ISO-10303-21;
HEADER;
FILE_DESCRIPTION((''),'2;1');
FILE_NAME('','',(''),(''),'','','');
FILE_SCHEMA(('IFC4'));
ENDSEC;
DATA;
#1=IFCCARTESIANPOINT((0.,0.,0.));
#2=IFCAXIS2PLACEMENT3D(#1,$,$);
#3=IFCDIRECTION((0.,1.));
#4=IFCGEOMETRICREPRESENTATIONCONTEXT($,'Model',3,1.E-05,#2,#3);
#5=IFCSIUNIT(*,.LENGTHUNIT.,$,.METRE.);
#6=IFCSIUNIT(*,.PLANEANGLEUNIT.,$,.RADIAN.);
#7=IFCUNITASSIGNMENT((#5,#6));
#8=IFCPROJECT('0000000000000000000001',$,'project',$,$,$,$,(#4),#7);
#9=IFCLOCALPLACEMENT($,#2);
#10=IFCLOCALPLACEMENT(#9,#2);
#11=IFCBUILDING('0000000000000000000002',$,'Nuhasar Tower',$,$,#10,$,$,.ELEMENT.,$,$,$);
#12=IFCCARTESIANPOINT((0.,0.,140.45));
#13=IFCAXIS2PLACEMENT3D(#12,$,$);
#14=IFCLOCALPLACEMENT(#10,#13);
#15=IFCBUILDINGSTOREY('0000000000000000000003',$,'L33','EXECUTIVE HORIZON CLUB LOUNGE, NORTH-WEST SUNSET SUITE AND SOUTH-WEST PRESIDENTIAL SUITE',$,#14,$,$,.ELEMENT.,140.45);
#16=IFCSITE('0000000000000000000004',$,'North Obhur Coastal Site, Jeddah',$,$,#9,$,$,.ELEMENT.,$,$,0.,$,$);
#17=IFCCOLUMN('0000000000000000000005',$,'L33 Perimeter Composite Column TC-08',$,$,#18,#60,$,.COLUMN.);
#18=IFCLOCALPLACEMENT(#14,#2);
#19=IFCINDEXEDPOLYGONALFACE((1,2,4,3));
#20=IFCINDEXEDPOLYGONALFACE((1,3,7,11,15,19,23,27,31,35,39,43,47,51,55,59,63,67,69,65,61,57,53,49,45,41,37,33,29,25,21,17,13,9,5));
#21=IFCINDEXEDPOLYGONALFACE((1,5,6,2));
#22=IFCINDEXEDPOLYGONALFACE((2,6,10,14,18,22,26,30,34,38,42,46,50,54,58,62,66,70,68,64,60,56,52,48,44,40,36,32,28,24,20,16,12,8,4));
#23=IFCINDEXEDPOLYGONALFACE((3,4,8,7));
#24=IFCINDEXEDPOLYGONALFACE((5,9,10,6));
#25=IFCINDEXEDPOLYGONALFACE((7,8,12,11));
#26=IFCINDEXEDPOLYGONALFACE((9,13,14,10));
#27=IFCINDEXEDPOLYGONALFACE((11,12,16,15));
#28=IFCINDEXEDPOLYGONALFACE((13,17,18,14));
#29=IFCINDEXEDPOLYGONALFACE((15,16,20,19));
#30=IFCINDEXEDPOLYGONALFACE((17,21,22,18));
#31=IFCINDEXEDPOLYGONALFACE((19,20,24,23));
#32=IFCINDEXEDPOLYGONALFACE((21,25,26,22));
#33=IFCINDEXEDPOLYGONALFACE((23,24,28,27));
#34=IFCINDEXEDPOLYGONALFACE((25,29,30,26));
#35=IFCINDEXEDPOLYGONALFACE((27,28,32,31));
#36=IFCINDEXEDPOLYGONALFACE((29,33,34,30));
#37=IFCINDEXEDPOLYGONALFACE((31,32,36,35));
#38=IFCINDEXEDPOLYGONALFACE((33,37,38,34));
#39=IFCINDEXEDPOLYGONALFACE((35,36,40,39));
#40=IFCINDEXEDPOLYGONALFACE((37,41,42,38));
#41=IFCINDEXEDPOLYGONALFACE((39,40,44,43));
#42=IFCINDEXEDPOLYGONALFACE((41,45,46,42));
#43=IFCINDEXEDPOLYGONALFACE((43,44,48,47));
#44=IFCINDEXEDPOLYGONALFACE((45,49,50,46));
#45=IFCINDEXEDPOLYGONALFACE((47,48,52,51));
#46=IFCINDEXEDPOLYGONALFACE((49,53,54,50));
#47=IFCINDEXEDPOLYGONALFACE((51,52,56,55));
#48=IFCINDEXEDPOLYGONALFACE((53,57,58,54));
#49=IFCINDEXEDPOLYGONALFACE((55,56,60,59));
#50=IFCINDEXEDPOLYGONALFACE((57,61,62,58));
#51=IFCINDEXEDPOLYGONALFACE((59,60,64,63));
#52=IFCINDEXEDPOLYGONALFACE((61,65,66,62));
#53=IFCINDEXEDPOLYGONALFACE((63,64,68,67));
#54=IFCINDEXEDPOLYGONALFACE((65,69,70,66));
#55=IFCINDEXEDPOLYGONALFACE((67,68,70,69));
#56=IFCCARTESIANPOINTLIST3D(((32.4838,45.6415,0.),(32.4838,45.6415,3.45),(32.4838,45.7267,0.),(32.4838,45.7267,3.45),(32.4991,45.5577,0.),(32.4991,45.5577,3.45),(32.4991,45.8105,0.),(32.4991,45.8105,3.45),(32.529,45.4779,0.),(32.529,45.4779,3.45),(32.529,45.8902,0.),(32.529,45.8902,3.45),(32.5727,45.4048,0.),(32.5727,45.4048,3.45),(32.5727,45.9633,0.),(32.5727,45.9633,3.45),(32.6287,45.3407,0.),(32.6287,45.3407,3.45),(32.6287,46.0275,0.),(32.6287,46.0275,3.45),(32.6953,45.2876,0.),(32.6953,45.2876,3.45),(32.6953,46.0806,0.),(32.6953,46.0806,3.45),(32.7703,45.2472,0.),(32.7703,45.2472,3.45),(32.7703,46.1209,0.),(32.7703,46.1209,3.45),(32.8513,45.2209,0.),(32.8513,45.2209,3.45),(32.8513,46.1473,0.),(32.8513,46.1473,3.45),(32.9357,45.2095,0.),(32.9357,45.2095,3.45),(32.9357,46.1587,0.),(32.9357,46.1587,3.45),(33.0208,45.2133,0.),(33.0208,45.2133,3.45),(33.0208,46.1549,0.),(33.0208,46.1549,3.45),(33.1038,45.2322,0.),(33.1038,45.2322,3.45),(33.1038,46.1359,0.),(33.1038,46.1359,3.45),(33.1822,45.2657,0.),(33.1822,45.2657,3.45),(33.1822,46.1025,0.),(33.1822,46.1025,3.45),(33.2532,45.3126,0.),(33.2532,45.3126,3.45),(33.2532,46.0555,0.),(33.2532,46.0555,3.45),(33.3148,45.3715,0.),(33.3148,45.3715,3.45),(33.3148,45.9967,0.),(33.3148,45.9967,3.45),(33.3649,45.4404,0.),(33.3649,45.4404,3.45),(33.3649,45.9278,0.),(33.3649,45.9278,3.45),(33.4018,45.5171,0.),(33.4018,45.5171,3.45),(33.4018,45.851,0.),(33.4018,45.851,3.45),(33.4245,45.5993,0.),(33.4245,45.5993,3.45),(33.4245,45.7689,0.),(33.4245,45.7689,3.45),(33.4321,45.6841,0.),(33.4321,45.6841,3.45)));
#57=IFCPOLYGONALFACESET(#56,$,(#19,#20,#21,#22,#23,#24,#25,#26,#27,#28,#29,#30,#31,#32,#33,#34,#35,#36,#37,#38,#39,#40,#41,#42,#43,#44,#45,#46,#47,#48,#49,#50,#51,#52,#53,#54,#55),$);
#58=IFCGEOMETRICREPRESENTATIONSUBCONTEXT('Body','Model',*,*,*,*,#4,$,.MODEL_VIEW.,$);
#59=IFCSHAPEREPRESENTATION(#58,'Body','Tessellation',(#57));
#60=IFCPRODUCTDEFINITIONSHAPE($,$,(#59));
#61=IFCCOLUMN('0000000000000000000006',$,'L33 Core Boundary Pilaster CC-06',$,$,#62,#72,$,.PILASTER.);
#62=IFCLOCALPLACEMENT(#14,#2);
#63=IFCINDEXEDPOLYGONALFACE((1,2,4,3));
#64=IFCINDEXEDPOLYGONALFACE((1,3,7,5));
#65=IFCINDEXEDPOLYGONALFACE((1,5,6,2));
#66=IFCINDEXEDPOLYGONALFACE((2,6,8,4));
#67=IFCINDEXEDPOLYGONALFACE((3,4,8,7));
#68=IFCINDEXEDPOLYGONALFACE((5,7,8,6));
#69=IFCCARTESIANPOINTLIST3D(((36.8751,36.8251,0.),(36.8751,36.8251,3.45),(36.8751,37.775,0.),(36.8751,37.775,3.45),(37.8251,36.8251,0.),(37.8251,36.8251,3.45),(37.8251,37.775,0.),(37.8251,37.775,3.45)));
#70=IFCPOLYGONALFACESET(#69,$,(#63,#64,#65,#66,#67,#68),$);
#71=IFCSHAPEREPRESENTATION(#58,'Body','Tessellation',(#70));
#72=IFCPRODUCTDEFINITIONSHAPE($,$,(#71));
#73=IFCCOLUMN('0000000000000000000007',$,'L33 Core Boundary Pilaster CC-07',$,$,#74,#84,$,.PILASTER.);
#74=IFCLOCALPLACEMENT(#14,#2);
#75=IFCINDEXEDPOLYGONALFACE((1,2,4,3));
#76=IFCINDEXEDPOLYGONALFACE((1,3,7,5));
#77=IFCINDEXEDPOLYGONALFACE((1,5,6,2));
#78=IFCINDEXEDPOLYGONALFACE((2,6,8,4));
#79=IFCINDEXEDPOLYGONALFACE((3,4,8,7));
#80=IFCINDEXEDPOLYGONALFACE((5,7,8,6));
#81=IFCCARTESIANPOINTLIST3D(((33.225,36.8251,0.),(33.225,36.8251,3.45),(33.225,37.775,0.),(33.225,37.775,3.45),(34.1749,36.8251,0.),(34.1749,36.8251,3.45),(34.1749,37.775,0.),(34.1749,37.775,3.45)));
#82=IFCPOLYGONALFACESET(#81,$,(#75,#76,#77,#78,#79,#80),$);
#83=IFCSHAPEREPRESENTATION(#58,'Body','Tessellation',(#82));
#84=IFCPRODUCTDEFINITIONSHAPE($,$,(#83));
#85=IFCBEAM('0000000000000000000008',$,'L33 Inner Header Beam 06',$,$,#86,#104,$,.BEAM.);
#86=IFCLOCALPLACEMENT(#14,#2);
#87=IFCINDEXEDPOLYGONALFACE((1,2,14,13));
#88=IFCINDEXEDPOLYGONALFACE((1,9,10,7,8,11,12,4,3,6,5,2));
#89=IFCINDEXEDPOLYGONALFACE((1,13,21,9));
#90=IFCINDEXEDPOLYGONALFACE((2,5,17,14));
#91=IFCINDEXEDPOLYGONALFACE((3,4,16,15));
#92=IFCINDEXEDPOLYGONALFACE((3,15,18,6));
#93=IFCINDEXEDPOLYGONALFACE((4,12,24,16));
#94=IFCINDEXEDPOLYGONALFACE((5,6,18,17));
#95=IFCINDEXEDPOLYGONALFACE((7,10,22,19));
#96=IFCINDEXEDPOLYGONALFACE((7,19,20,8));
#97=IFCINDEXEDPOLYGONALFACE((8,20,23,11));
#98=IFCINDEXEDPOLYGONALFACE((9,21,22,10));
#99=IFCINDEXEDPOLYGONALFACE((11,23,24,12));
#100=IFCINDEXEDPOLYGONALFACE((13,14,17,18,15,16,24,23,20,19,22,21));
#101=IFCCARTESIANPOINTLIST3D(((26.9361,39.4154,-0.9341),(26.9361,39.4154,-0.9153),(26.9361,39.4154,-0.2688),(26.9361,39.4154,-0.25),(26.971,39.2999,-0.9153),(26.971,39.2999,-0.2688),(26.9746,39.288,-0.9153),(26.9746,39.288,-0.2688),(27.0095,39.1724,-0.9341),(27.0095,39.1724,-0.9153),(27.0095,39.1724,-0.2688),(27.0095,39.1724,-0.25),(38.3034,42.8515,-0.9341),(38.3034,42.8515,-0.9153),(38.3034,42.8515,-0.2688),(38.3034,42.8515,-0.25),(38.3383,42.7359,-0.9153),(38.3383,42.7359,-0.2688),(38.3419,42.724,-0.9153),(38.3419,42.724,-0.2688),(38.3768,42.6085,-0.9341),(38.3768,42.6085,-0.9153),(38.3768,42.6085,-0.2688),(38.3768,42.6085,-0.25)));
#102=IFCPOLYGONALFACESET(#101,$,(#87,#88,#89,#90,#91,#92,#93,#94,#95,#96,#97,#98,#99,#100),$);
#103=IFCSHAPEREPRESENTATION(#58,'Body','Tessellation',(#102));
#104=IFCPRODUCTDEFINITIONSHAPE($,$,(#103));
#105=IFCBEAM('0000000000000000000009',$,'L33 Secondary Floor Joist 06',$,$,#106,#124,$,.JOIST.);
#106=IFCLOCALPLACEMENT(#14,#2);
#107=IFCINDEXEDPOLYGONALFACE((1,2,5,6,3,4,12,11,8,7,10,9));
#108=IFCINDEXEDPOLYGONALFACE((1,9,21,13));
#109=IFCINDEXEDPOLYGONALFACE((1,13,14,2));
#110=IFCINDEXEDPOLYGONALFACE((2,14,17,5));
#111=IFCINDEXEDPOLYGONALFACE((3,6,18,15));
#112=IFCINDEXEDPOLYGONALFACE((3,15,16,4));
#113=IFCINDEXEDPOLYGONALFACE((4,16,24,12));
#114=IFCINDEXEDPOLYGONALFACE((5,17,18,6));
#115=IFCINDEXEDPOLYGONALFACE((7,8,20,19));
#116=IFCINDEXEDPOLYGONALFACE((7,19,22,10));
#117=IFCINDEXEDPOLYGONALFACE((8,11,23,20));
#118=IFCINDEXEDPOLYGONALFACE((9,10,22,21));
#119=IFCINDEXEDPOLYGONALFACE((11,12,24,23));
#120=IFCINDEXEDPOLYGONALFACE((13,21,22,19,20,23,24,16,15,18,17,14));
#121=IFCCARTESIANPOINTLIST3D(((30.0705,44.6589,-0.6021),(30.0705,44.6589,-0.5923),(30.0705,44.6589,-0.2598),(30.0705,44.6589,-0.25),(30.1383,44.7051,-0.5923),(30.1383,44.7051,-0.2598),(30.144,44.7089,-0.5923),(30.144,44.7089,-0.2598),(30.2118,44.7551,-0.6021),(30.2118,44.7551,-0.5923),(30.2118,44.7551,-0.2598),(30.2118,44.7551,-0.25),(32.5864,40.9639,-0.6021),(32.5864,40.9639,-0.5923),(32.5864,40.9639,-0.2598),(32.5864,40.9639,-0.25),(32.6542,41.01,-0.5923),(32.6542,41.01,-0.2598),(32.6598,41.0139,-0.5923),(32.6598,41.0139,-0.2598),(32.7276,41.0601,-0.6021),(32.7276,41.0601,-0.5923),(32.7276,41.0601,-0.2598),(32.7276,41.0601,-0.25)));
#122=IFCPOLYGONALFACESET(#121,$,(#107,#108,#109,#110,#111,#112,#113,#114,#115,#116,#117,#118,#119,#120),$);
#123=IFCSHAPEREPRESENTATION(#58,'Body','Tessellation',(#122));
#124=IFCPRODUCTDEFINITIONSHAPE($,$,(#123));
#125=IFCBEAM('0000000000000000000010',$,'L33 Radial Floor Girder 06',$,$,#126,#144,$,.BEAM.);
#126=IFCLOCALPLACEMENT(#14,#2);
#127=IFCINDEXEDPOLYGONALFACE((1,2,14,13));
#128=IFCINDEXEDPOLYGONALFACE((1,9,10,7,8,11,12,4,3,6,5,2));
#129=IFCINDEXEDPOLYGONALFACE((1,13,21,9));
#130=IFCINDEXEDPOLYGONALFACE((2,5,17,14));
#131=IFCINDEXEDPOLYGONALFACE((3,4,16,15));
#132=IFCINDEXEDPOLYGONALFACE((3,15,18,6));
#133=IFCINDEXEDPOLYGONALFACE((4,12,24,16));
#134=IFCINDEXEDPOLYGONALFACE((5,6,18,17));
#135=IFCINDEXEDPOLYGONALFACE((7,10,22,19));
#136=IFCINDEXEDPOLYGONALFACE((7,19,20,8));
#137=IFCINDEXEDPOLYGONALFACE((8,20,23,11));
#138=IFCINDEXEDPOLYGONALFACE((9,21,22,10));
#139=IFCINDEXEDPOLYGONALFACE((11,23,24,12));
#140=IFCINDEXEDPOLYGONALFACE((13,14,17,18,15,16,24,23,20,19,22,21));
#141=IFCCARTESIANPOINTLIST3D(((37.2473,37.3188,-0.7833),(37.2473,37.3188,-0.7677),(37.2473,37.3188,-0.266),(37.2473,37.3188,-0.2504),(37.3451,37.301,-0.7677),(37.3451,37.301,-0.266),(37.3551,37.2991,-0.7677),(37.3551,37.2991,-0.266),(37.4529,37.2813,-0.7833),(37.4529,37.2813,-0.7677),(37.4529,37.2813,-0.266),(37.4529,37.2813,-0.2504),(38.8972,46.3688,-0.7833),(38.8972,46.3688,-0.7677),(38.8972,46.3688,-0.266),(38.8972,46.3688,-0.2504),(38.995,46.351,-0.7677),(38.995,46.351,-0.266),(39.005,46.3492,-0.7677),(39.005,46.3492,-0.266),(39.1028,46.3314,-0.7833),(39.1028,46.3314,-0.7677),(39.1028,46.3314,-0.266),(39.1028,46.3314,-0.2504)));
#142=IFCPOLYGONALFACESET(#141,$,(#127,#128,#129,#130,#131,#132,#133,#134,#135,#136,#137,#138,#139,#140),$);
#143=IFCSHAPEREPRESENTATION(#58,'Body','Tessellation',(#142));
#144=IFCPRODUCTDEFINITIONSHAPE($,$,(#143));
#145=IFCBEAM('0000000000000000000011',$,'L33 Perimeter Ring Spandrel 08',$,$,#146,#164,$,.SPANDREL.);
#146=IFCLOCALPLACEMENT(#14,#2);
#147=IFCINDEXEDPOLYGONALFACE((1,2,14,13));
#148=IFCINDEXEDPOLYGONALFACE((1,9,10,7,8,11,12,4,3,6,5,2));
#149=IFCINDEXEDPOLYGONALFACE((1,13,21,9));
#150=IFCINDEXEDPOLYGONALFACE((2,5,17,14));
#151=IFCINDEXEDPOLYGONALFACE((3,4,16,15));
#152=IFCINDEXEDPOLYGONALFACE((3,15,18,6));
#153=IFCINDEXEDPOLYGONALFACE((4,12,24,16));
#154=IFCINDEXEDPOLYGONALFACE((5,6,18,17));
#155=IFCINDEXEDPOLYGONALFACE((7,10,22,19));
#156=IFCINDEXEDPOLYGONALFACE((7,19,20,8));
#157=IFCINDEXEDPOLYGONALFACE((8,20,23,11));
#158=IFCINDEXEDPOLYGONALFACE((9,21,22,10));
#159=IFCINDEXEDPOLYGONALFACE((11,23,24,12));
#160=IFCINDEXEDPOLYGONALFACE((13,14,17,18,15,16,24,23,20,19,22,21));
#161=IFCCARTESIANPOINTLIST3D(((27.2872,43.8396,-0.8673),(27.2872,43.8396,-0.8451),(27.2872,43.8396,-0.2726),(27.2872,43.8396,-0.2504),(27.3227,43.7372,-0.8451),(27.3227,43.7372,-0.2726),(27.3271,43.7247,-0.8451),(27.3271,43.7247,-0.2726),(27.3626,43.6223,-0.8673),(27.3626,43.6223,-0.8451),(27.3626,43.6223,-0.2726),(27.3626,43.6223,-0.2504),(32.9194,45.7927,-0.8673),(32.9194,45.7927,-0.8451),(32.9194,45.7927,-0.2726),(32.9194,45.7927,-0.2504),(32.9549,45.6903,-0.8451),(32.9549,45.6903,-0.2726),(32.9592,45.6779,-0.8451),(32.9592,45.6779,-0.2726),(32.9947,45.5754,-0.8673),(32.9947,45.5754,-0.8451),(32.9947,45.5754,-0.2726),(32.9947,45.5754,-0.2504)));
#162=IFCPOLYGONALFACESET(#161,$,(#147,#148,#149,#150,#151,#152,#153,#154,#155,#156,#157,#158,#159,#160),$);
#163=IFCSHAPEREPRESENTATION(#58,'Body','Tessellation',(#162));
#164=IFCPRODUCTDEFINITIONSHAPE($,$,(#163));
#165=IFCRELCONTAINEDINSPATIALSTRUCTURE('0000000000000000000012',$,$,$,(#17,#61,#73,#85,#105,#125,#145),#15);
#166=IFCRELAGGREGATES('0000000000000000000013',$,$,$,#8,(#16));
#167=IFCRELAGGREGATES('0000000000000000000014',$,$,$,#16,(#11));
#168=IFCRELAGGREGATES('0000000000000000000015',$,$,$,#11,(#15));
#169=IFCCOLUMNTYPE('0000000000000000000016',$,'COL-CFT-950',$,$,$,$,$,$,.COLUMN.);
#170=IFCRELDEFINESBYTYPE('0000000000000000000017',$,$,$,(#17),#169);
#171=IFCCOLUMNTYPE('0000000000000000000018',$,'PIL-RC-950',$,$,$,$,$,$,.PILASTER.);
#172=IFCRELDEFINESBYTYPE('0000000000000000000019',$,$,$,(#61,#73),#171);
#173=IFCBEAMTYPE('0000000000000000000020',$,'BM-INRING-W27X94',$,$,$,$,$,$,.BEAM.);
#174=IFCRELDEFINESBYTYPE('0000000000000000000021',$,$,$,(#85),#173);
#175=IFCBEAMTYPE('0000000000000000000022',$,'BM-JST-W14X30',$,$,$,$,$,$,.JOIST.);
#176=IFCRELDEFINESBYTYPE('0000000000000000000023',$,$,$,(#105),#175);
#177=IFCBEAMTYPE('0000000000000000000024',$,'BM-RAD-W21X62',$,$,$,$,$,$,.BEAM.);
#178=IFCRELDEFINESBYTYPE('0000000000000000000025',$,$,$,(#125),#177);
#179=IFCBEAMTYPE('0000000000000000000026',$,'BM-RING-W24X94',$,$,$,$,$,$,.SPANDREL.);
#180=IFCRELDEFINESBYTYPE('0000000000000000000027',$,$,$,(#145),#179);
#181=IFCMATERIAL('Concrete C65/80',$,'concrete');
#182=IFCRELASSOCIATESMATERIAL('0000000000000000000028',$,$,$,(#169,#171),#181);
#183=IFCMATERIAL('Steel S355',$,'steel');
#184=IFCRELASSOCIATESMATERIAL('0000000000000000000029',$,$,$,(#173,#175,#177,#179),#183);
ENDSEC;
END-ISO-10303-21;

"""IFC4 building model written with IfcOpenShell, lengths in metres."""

from ifc_helpers import new_model, si_unit, direction, frame, origin, origin_2d, place, context, subcontext, project, spatial, rectangle, circle, i_section, extrude, material, material_profile, profile_set, type_object, element, save


model = new_model("IFC4")

# Units and contexts
model_context = context("Model", 3, precision=1e-05, world=origin(), true_north=direction((0.0, 1.0)))
body_context = subcontext(model_context, "Body", "Model", "MODEL_VIEW")
ifc_project = project(units=[si_unit("LENGTHUNIT", "METRE"), si_unit("PLANEANGLEUNIT", "RADIAN")], contexts=[model_context])

# Site, building, storey
site_placement = place(None, origin())
site = spatial("IfcSite", under=ifc_project, at=site_placement, Name="North Obhur Coastal Site, Jeddah", CompositionType="ELEMENT", RefElevation=0.0)
building_placement = place(site_placement, origin())
building = spatial("IfcBuilding", under=site, at=building_placement, Name="Nuhasar Tower", CompositionType="ELEMENT")
storey_placement = place(building_placement, frame((0.0, 0.0, 140.45)))
storey = spatial("IfcBuildingStorey", under=building, at=storey_placement, Name="L33", Description="EXECUTIVE HORIZON CLUB LOUNGE, NORTH-WEST SUNSET SUITE AND SOUTH-WEST PRESIDENTIAL SUITE", CompositionType="ELEMENT", Elevation=140.45)

# Columns
ifc_material_1 = material(Name="Concrete C65/80", Category="concrete")
ifc_material_profile_1 = material_profile(ifc_material_1, circle(Radius=0.4751, at=origin_2d()), Name="CFT950")
ifc_profile_set_1 = profile_set([ifc_material_profile_1], Name="Concrete C65/80")
column_type_1 = type_object("IfcColumnType", Name="COL-CFT-950", PredefinedType="COLUMN", material=ifc_profile_set_1)
column_placement = place(storey_placement, frame((32.957, 45.6841, 0.0), z_axis=(0.0, 0.0, 1.0), x_axis=(1.0, 0.0, 0.0)))
element("IfcColumn", 1, at=column_placement, inside=storey, type_object=column_type_1, Name="L33 Perimeter Composite Column TC-08", PredefinedType="COLUMN", context=body_context, shape_type="SweptSolid", body=[
    extrude(circle(Radius=0.4751, at=origin_2d()), origin(), (0.0, 0.0, 1.0), 3.45),
])
ifc_material_profile_2 = material_profile(ifc_material_1, rectangle(XDim=0.95, YDim=0.95, at=origin_2d()), Name="RC950X950")
ifc_profile_set_2 = profile_set([ifc_material_profile_2], Name="Concrete C65/80")
column_type_2 = type_object("IfcColumnType", Name="PIL-RC-950", PredefinedType="PILASTER", material=ifc_profile_set_2)
for number, where, z_axis, x_axis, name in (
    (2, (37.3501, 37.3, 0.0), (0.0, 0.0, 1.0), (1.0, 0.0, 0.0), "L33 Core Boundary Pilaster CC-06"),
    (3, (33.7, 37.3, 0.0), (0.0, 0.0, 1.0), (1.0, 0.0, 0.0), "L33 Core Boundary Pilaster CC-07"),
):
    element("IfcColumn", number, at=place(storey_placement, frame(where, z_axis=z_axis, x_axis=x_axis)), inside=storey, type_object=column_type_2, Name=name, PredefinedType="PILASTER", context=body_context, shape_type="SweptSolid", body=[
        extrude(rectangle(XDim=0.95, YDim=0.95, at=origin_2d()), origin(), (0.0, 0.0, 1.0), 3.45),
    ])

# Beams
ifc_material_2 = material(Name="Steel S355", Category="steel")
ifc_material_profile_3 = material_profile(ifc_material_2, i_section(OverallWidth=0.2539, OverallDepth=0.6841, WebThickness=0.0125, FlangeThickness=0.0188, at=origin_2d()), Name="W27X94")
ifc_profile_set_3 = profile_set([ifc_material_profile_3], Name="Steel S355")
beam_type_1 = type_object("IfcBeamType", Name="BM-INRING-W27X94", PredefinedType="BEAM", material=ifc_profile_set_3)
beam_1_placement = place(storey_placement, frame((38.3401, 42.73, -0.592), z_axis=(-0.957224, -0.289347, 0.0), x_axis=(0.289347, -0.957224, 0.0)))
element("IfcBeam", 4, at=beam_1_placement, inside=storey, type_object=beam_type_1, Name="L33 Inner Header Beam 06", PredefinedType="BEAM", context=body_context, shape_type="SweptSolid", body=[
    extrude(i_section(OverallWidth=0.2539, OverallDepth=0.6841, WebThickness=0.0125, FlangeThickness=0.0188, at=origin_2d()), origin(), (0.0, 0.0, 1.0), 11.8752),
])
ifc_material_profile_4 = material_profile(ifc_material_2, i_section(OverallWidth=0.1709, OverallDepth=0.3521, WebThickness=0.0068, FlangeThickness=0.0098, at=origin_2d()), Name="W14X30")
ifc_profile_set_4 = profile_set([ifc_material_profile_4], Name="Steel S355")
beam_type_2 = type_object("IfcBeamType", Name="BM-JST-W14X30", PredefinedType="JOIST", material=ifc_profile_set_4)
beam_2_placement = place(storey_placement, frame((32.657, 41.012, -0.426), z_axis=(-0.562803, 0.826591, 0.0), x_axis=(-0.826591, -0.562803, 0.0)))
element("IfcBeam", 5, at=beam_2_placement, inside=storey, type_object=beam_type_2, Name="L33 Secondary Floor Joist 06", PredefinedType="JOIST", context=body_context, shape_type="SweptSolid", body=[
    extrude(i_section(OverallWidth=0.1709, OverallDepth=0.3521, WebThickness=0.0068, FlangeThickness=0.0098, at=origin_2d()), origin(), (0.0, 0.0, 1.0), 4.4702),
])
ifc_material_profile_5 = material_profile(ifc_material_2, i_section(OverallWidth=0.209, OverallDepth=0.533, WebThickness=0.0103, FlangeThickness=0.0156, at=origin_2d()), Name="W21X62")
ifc_profile_set_5 = profile_set([ifc_material_profile_5], Name="Steel S355")
beam_type_3 = type_object("IfcBeamType", Name="BM-RAD-W21X62", PredefinedType="BEAM", material=ifc_profile_set_5)
beam_3_placement = place(storey_placement, frame((37.3501, 37.3, -0.5168), z_axis=(0.179353, 0.983785, 0.0), x_axis=(-0.983785, 0.179353, 0.0)))
element("IfcBeam", 6, at=beam_3_placement, inside=storey, type_object=beam_type_3, Name="L33 Radial Floor Girder 06", PredefinedType="BEAM", context=body_context, shape_type="SweptSolid", body=[
    extrude(i_section(OverallWidth=0.209, OverallDepth=0.533, WebThickness=0.0103, FlangeThickness=0.0156, at=origin_2d()), origin(), (0.0, 0.0, 1.0), 9.1992),
])
ifc_material_profile_6 = material_profile(ifc_material_2, i_section(OverallWidth=0.23, OverallDepth=0.6169, WebThickness=0.0132, FlangeThickness=0.0222, at=origin_2d()), Name="W24X94")
ifc_profile_set_6 = profile_set([ifc_material_profile_6], Name="Steel S355")
beam_type_4 = type_object("IfcBeamType", Name="BM-RING-W24X94", PredefinedType="SPANDREL", material=ifc_profile_set_6)
beam_4_placement = place(storey_placement, frame((32.957, 45.6841, -0.5588), z_axis=(-0.944801, -0.327644, 0.0), x_axis=(0.327644, -0.944801, 0.0)))
element("IfcBeam", 7, at=beam_4_placement, inside=storey, type_object=beam_type_4, Name="L33 Perimeter Ring Spandrel 08", PredefinedType="SPANDREL", context=body_context, shape_type="SweptSolid", body=[
    extrude(i_section(OverallWidth=0.23, OverallDepth=0.6169, WebThickness=0.0132, FlangeThickness=0.0222, at=origin_2d()), origin(), (0.0, 0.0, 1.0), 5.9612),
])

save(model, "model.ifc")
